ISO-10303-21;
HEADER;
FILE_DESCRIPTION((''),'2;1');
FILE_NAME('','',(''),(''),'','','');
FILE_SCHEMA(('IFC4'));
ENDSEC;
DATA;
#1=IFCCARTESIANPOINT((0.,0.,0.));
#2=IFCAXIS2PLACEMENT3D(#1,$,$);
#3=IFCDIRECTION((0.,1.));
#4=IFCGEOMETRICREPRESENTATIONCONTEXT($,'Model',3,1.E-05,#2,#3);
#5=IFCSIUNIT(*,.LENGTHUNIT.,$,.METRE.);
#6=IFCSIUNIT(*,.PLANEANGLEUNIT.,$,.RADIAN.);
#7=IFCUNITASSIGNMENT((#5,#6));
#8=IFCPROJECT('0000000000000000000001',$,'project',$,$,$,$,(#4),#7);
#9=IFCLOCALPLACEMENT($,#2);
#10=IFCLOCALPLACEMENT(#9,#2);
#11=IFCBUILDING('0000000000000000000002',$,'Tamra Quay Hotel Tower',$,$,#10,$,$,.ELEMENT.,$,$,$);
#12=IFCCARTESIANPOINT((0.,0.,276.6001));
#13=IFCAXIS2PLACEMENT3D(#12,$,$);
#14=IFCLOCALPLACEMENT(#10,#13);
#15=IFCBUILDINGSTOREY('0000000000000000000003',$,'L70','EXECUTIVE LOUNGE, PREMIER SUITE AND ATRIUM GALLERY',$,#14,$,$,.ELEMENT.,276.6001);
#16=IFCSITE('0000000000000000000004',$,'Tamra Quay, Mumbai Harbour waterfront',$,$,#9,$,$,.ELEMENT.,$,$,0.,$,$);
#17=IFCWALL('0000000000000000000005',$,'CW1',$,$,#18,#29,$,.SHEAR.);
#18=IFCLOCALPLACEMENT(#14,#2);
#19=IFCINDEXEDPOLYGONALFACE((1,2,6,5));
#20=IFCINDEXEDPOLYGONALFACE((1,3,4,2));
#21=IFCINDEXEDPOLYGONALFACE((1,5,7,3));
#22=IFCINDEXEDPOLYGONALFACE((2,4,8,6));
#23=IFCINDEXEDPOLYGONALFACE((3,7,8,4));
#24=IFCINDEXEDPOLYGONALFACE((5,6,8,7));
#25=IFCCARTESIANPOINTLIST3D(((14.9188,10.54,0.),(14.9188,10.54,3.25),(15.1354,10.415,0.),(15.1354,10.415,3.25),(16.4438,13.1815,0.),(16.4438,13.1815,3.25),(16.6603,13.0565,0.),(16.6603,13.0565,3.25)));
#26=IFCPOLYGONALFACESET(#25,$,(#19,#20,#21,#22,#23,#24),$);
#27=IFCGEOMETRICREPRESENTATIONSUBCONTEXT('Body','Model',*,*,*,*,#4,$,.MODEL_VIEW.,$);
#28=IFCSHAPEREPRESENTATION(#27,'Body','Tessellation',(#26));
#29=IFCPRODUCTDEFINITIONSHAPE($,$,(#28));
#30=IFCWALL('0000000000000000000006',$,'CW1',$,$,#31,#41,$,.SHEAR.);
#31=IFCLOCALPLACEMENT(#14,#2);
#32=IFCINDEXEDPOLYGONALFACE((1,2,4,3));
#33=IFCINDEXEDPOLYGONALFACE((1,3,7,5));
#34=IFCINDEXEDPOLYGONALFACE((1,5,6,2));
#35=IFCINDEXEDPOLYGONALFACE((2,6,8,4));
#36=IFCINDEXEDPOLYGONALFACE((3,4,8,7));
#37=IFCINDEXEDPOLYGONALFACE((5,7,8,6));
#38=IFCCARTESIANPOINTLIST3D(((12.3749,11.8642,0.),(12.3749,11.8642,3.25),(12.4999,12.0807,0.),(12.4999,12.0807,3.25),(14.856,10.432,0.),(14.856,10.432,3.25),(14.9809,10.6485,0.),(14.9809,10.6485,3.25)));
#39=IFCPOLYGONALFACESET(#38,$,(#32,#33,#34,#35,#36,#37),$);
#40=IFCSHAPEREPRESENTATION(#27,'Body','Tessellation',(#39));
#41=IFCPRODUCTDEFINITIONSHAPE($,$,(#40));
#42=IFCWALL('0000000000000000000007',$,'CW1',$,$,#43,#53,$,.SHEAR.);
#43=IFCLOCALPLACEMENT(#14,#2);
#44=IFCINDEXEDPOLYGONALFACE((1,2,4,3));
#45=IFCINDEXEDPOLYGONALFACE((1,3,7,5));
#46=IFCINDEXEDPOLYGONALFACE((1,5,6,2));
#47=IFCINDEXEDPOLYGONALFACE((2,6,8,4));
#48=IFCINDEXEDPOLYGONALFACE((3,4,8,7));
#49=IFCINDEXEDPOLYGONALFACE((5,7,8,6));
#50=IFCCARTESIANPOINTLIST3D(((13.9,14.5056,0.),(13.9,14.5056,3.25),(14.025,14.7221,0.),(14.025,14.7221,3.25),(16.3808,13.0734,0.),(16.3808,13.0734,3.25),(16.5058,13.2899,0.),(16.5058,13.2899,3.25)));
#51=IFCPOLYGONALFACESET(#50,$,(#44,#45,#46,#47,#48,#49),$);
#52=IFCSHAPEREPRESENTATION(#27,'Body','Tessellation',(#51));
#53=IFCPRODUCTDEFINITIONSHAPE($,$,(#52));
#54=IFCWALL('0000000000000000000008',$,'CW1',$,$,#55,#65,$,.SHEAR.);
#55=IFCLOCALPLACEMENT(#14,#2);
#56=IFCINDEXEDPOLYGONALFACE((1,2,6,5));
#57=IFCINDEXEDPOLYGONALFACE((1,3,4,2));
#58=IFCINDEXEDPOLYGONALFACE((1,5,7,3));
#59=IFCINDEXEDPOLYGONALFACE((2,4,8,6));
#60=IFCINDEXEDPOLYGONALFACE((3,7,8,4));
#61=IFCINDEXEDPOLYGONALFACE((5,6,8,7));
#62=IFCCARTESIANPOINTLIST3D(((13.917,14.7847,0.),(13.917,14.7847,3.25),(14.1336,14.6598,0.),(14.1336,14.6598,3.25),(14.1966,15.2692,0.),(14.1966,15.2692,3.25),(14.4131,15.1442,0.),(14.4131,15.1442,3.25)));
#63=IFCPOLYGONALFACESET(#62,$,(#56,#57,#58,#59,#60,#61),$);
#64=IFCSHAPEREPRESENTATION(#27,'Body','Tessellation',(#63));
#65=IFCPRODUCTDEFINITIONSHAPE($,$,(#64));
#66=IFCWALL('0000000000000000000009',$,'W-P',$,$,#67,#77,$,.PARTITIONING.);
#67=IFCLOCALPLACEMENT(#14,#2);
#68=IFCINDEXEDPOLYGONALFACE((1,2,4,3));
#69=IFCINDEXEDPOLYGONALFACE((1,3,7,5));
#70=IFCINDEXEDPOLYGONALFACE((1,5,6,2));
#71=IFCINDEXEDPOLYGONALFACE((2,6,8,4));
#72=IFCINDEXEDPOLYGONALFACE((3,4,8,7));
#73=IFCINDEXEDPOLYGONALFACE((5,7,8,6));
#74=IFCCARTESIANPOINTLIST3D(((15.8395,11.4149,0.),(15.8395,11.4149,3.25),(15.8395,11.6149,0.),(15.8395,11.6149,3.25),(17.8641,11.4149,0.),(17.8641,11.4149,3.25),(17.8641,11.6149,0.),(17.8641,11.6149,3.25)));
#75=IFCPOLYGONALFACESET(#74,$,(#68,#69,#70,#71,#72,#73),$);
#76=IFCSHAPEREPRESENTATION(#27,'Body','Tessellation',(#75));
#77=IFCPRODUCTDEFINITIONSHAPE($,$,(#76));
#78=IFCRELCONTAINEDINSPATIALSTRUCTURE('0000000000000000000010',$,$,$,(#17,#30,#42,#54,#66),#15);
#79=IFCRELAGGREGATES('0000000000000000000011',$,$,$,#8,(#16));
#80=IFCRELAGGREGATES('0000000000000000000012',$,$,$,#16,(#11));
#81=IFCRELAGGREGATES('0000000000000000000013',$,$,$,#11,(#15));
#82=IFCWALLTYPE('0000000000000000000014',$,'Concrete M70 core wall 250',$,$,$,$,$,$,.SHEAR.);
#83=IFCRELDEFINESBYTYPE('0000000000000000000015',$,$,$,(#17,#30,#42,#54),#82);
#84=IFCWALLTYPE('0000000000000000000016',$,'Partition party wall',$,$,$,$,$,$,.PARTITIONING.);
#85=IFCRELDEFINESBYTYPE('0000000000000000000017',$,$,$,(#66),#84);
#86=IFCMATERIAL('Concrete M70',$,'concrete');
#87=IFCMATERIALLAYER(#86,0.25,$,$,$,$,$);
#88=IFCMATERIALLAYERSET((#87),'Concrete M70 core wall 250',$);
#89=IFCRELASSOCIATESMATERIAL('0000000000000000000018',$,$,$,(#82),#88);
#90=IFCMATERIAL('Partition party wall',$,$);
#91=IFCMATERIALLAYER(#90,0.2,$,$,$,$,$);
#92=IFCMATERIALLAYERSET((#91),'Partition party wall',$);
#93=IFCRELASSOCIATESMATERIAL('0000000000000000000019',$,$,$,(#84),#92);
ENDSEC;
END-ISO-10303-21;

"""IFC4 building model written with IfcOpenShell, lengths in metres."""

from ifc_helpers import new_model, si_unit, direction, frame, frame_2d, origin, place, context, subcontext, project, spatial, rectangle, extrude, material, layer, layer_set, type_object, element, save


model = new_model("IFC4")

# Units and contexts
model_context = context("Model", 3, precision=1e-05, world=origin(), true_north=direction((0.0, 1.0)))
body_context = subcontext(model_context, "Body", "Model", "MODEL_VIEW")
ifc_project = project(units=[si_unit("LENGTHUNIT", "METRE"), si_unit("PLANEANGLEUNIT", "RADIAN")], contexts=[model_context])

# Site, building, storey
site_placement = place(None, origin())
site = spatial("IfcSite", under=ifc_project, at=site_placement, Name="Tamra Quay, Mumbai Harbour waterfront", CompositionType="ELEMENT", RefElevation=0.0)
building_placement = place(site_placement, origin())
building = spatial("IfcBuilding", under=site, at=building_placement, Name="Tamra Quay Hotel Tower", CompositionType="ELEMENT")
storey_placement = place(building_placement, frame((0.0, 0.0, 276.6001)))
storey = spatial("IfcBuildingStorey", under=building, at=storey_placement, Name="L70", Description="EXECUTIVE LOUNGE, PREMIER SUITE AND ATRIUM GALLERY", CompositionType="ELEMENT", Elevation=276.6001)

# Shared definitions
ifc_material_1 = material(Name="Concrete M70", Category="concrete")

# Walls
ifc_layer_1 = layer(ifc_material_1, 0.25)
ifc_layer_set_1 = layer_set([ifc_layer_1], Name="Concrete M70 core wall 250")
wall_type_1 = type_object("IfcWallType", Name="Concrete M70 core wall 250", PredefinedType="SHEAR", material=ifc_layer_set_1)
wall_1_placement = place(storey_placement, frame((16.552, 13.1189, 0.0), z_axis=(0.0, 0.0, 1.0), x_axis=(-0.499979, -0.866038, 0.0)))
element("IfcWall", 1, at=wall_1_placement, inside=storey, type_object=wall_type_1, Name="CW1", PredefinedType="SHEAR", context=body_context, shape_type="SweptSolid", body=[
    extrude(rectangle(XDim=3.05, YDim=0.25, at=frame_2d((1.5249, 0.0))), origin(), (0.0, 0.0, 1.0), 3.25),
])
wall_2_placement = place(storey_placement, frame((14.9185, 10.5403, 0.0), z_axis=(0.0, 0.0, 1.0), x_axis=(-0.866064, 0.499934, 0.0)))
element("IfcWall", 2, at=wall_2_placement, inside=storey, type_object=wall_type_1, Name="CW1", PredefinedType="SHEAR", context=body_context, shape_type="SweptSolid", body=[
    extrude(rectangle(XDim=2.8647, YDim=0.25, at=frame_2d((1.4324, 0.0))), origin(), (0.0, 0.0, 1.0), 3.25),
])
wall_3_placement = place(storey_placement, frame((13.9626, 14.6138, 0.0), z_axis=(0.0, 0.0, 1.0), x_axis=(0.866042, -0.499971, 0.0)))
element("IfcWall", 3, at=wall_3_placement, inside=storey, type_object=wall_type_1, Name="CW1", PredefinedType="SHEAR", context=body_context, shape_type="SweptSolid", body=[
    extrude(rectangle(XDim=2.8645, YDim=0.25, at=frame_2d((1.4321, 0.0))), origin(), (0.0, 0.0, 1.0), 3.25),
])
wall_4_placement = place(storey_placement, frame((14.3049, 15.2068, 0.0), z_axis=(0.0, 0.0, 1.0), x_axis=(-0.499848, -0.866113, 0.0)))
element("IfcWall", 4, at=wall_4_placement, inside=storey, type_object=wall_type_1, Name="CW1", PredefinedType="SHEAR", context=body_context, shape_type="SweptSolid", body=[
    extrude(rectangle(XDim=0.5593, YDim=0.25, at=frame_2d((0.2798, 0.0))), origin(), (0.0, 0.0, 1.0), 3.25),
])
ifc_material_2 = material(Name="Partition party wall")
ifc_layer_2 = layer(ifc_material_2, 0.2)
ifc_layer_set_2 = layer_set([ifc_layer_2], Name="Partition party wall")
wall_type_2 = type_object("IfcWallType", Name="Partition party wall", PredefinedType="PARTITIONING", material=ifc_layer_set_2)
wall_5_placement = place(storey_placement, frame((15.8396, 11.5149, 0.0), z_axis=(0.0, 0.0, 1.0), x_axis=(1.0, 0.0, 0.0)))
element("IfcWall", 5, at=wall_5_placement, inside=storey, type_object=wall_type_2, Name="W-P", PredefinedType="PARTITIONING", context=body_context, shape_type="SweptSolid", body=[
    extrude(rectangle(XDim=2.0247, YDim=0.2, at=frame_2d((1.0122, 0.0))), origin(), (0.0, 0.0, 1.0), 3.25),
])

save(model, "model.ifc")
